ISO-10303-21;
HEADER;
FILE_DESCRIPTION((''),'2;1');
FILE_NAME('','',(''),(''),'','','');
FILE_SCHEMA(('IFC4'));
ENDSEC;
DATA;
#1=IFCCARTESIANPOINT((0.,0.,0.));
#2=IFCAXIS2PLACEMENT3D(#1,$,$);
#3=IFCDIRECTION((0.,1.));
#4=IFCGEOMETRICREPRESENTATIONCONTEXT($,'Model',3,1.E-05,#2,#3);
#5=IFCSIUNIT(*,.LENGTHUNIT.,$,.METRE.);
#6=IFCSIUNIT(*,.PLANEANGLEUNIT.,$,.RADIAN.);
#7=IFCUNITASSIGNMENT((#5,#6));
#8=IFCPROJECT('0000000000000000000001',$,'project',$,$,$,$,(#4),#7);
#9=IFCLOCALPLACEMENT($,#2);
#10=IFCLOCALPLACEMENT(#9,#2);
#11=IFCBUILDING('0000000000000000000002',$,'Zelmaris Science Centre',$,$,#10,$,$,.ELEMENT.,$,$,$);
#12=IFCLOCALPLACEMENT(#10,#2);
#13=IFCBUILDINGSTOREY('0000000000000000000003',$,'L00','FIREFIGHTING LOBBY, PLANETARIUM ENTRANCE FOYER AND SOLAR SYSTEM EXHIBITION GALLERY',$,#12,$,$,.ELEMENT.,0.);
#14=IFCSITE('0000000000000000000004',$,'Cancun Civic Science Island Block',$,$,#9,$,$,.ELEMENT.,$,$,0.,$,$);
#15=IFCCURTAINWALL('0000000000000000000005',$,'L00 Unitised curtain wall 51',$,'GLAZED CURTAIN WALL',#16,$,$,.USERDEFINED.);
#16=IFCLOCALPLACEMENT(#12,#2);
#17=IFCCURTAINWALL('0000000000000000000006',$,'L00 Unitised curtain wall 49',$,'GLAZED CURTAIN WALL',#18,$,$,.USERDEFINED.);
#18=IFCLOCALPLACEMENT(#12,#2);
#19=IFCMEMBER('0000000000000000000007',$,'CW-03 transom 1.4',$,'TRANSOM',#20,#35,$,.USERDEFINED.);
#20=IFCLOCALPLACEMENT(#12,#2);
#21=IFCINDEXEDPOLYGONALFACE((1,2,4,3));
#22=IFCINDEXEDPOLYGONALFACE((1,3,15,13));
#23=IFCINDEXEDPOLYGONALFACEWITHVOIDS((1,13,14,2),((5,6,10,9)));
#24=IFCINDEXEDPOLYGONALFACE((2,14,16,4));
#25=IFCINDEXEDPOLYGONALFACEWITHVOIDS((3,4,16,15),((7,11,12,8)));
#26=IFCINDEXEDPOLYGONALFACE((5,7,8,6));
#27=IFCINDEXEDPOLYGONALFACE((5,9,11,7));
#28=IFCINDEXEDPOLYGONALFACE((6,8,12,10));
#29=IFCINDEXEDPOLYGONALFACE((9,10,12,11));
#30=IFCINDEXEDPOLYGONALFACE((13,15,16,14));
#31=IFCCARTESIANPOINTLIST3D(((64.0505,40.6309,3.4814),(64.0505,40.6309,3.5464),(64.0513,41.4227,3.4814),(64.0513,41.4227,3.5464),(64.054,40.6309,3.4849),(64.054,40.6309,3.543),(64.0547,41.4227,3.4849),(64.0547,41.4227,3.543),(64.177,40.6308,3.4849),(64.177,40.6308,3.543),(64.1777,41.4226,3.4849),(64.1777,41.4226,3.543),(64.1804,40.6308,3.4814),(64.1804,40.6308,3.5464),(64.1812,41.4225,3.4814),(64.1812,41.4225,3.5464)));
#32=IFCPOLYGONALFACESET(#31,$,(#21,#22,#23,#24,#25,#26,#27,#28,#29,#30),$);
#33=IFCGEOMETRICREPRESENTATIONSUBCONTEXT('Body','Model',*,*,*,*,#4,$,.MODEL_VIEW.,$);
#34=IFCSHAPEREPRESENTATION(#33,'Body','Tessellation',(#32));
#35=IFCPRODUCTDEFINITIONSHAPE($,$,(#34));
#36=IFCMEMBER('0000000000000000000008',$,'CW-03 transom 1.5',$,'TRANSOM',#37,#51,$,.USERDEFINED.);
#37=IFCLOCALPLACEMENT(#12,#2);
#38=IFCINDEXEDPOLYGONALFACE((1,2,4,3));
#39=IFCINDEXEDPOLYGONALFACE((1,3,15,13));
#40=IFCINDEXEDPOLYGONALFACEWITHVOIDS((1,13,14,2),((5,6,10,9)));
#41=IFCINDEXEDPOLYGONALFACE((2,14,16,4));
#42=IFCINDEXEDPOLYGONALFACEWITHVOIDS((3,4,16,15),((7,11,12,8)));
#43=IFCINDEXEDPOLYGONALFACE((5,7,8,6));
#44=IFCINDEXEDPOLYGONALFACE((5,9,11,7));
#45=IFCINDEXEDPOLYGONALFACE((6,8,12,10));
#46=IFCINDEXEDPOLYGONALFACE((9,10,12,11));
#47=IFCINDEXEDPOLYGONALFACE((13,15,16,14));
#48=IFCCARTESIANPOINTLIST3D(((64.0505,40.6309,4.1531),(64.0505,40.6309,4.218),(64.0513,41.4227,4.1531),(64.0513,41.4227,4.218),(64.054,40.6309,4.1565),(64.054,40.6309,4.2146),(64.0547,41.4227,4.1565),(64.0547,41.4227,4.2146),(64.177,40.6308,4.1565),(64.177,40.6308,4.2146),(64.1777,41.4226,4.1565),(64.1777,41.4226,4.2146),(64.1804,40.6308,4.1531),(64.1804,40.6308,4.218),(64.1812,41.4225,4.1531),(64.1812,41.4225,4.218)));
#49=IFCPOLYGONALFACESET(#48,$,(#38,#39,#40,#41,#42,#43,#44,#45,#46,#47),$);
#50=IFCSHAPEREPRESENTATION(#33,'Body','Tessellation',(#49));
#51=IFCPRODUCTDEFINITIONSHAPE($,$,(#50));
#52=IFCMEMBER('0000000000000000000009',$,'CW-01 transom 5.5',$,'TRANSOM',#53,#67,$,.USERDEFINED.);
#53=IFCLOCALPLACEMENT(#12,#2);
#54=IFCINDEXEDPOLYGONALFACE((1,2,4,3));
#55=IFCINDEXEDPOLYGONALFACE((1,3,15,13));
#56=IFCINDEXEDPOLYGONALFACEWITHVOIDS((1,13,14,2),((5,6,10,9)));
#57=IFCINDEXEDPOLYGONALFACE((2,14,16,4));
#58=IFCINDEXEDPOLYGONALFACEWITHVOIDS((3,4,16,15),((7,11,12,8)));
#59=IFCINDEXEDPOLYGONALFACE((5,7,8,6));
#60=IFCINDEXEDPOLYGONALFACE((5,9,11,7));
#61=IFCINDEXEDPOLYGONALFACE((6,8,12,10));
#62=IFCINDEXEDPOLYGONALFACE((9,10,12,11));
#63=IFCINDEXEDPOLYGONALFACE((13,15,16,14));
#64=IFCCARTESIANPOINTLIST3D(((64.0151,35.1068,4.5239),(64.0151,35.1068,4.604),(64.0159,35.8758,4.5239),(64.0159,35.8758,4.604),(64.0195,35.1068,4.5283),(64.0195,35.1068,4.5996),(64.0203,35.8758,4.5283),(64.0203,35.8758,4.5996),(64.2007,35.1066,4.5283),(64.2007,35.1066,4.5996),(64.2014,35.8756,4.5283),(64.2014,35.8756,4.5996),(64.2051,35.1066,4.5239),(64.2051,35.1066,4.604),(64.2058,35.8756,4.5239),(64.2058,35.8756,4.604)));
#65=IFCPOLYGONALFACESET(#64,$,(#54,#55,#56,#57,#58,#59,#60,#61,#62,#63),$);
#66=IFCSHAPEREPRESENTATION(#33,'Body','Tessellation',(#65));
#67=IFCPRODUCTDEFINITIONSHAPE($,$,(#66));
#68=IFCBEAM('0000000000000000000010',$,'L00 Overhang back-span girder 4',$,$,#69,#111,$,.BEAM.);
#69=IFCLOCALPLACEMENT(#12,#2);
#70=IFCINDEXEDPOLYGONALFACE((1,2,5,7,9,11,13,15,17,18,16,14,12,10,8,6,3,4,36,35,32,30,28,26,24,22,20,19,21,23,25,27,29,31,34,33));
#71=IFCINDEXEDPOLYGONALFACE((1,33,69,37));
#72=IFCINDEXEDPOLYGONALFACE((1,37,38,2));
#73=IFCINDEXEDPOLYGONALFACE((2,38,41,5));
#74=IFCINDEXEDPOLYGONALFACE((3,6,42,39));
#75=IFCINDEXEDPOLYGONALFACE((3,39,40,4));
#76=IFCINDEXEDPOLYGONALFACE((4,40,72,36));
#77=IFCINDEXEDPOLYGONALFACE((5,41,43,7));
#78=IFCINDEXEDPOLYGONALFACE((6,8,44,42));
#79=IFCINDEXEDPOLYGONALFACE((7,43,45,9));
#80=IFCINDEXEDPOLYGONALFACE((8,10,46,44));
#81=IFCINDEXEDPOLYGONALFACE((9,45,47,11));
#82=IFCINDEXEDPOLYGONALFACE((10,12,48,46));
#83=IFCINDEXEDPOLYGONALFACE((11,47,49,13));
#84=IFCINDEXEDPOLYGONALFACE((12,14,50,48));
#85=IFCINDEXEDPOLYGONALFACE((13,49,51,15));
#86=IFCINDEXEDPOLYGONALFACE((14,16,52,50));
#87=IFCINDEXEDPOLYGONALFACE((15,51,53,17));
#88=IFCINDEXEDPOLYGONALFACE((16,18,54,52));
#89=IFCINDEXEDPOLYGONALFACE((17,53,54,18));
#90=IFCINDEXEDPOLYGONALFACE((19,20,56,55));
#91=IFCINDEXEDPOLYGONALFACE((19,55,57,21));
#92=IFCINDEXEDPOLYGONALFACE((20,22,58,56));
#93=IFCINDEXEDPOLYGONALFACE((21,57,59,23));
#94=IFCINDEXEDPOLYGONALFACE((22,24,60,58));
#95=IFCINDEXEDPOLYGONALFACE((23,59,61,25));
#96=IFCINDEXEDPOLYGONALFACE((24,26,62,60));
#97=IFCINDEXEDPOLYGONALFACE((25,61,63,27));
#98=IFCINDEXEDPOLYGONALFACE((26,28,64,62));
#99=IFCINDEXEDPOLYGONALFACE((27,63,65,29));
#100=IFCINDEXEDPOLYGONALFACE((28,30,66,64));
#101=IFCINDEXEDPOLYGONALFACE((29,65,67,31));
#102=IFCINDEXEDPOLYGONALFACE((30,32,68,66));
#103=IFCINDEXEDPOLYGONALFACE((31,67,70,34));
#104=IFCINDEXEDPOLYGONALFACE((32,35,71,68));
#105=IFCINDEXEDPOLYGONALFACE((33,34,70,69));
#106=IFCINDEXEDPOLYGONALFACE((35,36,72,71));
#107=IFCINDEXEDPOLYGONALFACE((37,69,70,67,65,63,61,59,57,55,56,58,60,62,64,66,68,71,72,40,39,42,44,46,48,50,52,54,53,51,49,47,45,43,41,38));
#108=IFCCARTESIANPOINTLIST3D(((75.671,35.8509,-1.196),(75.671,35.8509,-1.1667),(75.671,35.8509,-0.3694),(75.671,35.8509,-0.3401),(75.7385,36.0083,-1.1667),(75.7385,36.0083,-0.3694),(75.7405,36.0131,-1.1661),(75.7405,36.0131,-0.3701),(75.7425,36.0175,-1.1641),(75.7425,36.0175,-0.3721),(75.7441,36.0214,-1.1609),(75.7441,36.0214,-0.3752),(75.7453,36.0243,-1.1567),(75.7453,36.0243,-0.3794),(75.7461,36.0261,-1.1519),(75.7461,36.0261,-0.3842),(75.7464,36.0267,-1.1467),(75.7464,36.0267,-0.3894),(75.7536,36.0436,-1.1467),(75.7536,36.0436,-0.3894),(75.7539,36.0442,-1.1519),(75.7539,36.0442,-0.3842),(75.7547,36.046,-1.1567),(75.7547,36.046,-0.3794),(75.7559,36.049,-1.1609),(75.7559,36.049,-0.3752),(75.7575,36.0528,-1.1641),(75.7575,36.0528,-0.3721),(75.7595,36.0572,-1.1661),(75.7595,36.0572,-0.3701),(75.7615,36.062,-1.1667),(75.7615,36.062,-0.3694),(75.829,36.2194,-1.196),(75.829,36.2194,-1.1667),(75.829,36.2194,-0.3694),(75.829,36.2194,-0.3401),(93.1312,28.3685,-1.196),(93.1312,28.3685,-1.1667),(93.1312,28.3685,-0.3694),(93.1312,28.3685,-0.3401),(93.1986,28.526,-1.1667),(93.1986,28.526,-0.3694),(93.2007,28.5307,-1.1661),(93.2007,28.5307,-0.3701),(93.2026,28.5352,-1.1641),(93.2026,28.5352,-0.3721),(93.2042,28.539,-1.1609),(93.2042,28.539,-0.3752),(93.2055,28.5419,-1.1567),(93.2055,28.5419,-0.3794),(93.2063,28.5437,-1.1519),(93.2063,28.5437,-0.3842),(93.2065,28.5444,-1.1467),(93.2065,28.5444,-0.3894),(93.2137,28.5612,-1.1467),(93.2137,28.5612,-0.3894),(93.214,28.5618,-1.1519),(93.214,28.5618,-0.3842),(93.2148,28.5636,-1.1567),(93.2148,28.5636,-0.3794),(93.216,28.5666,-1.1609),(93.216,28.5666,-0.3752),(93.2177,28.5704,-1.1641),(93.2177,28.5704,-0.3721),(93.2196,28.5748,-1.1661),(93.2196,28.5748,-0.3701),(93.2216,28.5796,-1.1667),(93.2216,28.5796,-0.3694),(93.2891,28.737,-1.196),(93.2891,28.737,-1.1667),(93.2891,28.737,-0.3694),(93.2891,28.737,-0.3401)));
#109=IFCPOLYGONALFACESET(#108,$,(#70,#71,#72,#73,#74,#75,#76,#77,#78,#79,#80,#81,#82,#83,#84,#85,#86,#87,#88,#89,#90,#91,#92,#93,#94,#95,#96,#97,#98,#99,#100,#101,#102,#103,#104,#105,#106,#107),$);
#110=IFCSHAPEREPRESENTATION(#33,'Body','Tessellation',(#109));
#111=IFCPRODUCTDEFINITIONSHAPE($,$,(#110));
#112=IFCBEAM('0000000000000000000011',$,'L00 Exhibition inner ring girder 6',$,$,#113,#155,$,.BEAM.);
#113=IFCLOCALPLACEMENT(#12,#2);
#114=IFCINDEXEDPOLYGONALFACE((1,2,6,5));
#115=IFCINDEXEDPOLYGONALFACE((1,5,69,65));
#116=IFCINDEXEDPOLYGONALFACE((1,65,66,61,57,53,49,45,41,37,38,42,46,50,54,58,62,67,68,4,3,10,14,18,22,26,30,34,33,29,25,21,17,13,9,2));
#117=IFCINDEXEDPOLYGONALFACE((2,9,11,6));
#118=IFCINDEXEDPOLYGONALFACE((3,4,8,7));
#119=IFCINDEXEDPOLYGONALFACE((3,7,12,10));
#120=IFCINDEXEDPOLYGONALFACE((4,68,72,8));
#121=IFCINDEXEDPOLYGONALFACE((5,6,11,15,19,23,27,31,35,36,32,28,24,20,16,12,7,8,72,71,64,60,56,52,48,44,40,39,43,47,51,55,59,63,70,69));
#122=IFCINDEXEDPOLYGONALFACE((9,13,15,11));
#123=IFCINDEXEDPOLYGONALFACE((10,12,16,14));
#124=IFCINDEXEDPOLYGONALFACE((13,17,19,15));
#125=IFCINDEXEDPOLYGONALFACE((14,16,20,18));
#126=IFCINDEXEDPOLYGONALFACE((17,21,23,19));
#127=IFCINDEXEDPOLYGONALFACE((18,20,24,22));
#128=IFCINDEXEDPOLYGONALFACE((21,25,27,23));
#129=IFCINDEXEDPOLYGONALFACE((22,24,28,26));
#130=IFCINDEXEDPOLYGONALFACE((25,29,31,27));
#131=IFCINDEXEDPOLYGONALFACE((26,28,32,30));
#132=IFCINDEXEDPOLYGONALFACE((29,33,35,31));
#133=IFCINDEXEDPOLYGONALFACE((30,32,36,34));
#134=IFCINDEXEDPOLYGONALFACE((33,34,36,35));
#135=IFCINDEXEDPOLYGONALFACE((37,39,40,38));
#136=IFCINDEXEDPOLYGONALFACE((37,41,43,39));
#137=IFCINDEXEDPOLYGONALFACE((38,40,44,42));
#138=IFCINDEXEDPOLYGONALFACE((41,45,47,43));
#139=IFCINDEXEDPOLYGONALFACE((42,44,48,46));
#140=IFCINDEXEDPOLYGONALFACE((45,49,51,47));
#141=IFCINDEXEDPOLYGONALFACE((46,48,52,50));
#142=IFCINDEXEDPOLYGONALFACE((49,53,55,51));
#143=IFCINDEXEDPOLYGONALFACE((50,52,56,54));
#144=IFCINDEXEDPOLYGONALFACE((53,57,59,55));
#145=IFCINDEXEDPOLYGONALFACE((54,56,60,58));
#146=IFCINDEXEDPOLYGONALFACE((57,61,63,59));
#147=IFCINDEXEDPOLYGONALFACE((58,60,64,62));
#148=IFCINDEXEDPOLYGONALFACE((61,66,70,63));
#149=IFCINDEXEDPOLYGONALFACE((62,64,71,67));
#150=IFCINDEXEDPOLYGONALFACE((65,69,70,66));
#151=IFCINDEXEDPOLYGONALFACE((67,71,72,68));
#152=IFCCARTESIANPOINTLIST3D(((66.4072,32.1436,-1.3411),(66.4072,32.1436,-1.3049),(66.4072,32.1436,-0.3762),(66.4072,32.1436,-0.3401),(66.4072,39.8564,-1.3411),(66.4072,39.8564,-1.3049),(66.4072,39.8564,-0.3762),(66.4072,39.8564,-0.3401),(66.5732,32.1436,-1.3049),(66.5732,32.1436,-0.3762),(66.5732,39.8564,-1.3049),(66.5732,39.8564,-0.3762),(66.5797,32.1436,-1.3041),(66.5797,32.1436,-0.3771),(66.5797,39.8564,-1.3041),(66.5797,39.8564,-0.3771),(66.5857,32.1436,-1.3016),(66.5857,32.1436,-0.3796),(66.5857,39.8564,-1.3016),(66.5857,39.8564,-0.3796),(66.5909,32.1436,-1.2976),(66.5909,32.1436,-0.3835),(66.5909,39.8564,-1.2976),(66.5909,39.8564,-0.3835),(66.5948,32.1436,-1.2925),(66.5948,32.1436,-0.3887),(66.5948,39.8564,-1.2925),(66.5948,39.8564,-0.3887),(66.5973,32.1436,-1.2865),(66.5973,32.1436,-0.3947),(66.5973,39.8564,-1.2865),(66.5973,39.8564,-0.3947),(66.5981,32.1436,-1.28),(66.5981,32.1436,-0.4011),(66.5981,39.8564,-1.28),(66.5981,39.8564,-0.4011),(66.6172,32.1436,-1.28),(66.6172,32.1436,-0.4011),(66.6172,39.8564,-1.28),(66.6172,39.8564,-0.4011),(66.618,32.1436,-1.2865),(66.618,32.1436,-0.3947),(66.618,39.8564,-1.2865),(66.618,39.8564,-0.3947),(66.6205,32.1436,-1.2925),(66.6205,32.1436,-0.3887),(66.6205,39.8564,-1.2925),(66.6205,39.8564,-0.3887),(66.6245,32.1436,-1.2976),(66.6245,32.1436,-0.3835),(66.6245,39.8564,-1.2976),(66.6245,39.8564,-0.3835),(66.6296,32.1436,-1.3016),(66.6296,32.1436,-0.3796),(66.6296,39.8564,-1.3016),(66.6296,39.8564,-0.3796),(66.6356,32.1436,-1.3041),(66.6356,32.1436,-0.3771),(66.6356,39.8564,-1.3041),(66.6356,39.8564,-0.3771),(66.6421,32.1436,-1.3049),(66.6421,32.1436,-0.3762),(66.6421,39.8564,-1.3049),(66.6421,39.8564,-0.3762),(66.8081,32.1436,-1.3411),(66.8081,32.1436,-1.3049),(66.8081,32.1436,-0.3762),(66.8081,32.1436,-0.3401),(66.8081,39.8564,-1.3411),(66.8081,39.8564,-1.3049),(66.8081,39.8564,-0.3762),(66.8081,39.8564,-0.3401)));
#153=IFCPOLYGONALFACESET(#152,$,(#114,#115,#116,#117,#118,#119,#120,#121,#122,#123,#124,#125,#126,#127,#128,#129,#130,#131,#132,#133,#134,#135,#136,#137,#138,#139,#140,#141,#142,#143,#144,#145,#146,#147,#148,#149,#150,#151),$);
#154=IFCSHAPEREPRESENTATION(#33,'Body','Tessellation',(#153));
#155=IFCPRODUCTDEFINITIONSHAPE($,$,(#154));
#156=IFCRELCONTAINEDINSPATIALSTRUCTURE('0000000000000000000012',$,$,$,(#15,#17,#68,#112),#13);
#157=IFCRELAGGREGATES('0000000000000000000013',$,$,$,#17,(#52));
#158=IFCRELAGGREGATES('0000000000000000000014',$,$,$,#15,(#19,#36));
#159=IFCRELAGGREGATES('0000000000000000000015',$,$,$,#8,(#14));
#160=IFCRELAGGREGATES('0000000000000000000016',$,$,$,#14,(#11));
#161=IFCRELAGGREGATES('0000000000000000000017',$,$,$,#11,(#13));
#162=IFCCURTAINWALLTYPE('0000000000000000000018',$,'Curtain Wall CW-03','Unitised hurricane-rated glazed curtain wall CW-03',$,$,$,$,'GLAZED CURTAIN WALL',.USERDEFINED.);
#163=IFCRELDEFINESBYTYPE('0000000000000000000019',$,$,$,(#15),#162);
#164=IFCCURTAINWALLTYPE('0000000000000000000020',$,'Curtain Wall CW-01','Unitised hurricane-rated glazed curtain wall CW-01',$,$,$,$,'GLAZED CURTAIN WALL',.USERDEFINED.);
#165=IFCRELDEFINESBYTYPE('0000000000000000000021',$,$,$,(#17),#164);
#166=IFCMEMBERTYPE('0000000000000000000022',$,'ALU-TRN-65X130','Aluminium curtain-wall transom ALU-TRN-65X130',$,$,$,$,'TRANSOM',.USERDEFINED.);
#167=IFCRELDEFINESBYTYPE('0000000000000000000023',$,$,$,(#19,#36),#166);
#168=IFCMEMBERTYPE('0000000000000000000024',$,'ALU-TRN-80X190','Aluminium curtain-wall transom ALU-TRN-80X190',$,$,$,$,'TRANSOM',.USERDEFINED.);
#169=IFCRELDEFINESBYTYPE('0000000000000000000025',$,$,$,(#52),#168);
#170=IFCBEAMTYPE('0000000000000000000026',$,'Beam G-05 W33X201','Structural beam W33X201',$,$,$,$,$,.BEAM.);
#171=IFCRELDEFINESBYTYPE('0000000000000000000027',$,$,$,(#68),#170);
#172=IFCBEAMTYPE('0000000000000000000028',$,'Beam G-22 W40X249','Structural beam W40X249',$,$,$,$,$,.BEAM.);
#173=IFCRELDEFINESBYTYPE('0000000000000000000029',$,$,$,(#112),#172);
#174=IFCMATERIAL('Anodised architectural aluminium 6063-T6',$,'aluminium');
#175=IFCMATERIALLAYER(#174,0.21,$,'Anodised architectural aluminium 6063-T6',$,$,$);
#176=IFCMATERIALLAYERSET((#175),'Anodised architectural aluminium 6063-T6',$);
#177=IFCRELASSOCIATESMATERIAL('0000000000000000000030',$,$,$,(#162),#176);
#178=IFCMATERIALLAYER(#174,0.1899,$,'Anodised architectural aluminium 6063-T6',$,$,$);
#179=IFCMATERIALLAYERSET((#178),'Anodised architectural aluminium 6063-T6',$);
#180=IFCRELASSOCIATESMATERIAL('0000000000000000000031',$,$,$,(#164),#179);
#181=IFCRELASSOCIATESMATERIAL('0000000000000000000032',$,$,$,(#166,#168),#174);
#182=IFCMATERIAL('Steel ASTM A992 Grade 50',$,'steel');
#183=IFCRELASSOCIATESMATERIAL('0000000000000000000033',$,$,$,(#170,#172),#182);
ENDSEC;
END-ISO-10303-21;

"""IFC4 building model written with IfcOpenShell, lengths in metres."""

from ifc_helpers import new_model, si_unit, direction, frame, origin, origin_2d, place, context, subcontext, project, spatial, hollow_rectangle, i_section, extrude, material, layer, layer_set, material_profile, profile_set, type_object, element, aggregate, save


model = new_model("IFC4")

# Units and contexts
model_context = context("Model", 3, precision=1e-05, world=origin(), true_north=direction((0.0, 1.0)))
body_context = subcontext(model_context, "Body", "Model", "MODEL_VIEW")
ifc_project = project(units=[si_unit("LENGTHUNIT", "METRE"), si_unit("PLANEANGLEUNIT", "RADIAN")], contexts=[model_context])

# Site, building, storey
site_placement = place(None, origin())
site = spatial("IfcSite", under=ifc_project, at=site_placement, Name="Cancun Civic Science Island Block", CompositionType="ELEMENT", RefElevation=0.0)
building_placement = place(site_placement, origin())
building = spatial("IfcBuilding", under=site, at=building_placement, Name="Zelmaris Science Centre", CompositionType="ELEMENT")
storey_placement = place(building_placement, origin())
storey = spatial("IfcBuildingStorey", under=building, at=storey_placement, Name="L00", Description="FIREFIGHTING LOBBY, PLANETARIUM ENTRANCE FOYER AND SOLAR SYSTEM EXHIBITION GALLERY", CompositionType="ELEMENT", Elevation=0.0)

# Shared definitions
ifc_material_1 = material(Name="Steel ASTM A992 Grade 50", Category="steel")

# Curtain walls
ifc_material_2 = material(Name="Anodised architectural aluminium 6063-T6", Category="aluminium")
ifc_layer_1 = layer(ifc_material_2, 0.21, Name="Anodised architectural aluminium 6063-T6")
ifc_layer_set_1 = layer_set([ifc_layer_1], Name="Anodised architectural aluminium 6063-T6")
curtain_wall_type_1 = type_object("IfcCurtainWallType", Name="Curtain Wall CW-03", Description="Unitised hurricane-rated glazed curtain wall CW-03", ElementType="GLAZED CURTAIN WALL", PredefinedType="USERDEFINED", material=ifc_layer_set_1)
curtain_wall_1_placement = place(storey_placement, origin())
curtain_wall_1 = element("IfcCurtainWall", 1, at=curtain_wall_1_placement, inside=storey, type_object=curtain_wall_type_1, Name="L00 Unitised curtain wall 51", ObjectType="GLAZED CURTAIN WALL", PredefinedType="USERDEFINED")
ifc_layer_2 = layer(ifc_material_2, 0.1899, Name="Anodised architectural aluminium 6063-T6")
ifc_layer_set_2 = layer_set([ifc_layer_2], Name="Anodised architectural aluminium 6063-T6")
curtain_wall_type_2 = type_object("IfcCurtainWallType", Name="Curtain Wall CW-01", Description="Unitised hurricane-rated glazed curtain wall CW-01", ElementType="GLAZED CURTAIN WALL", PredefinedType="USERDEFINED", material=ifc_layer_set_2)
curtain_wall_2_placement = place(storey_placement, origin())
curtain_wall_2 = element("IfcCurtainWall", 2, at=curtain_wall_2_placement, inside=storey, type_object=curtain_wall_type_2, Name="L00 Unitised curtain wall 49", ObjectType="GLAZED CURTAIN WALL", PredefinedType="USERDEFINED")

# Members
ifc_material_profile_1 = material_profile(ifc_material_2, hollow_rectangle(XDim=0.0649, YDim=0.1299, WallThickness=0.0034, at=origin_2d()), Name="ALU-TRN-65X130")
ifc_profile_set_1 = profile_set([ifc_material_profile_1], Name="Anodised architectural aluminium 6063-T6")
member_type_1 = type_object("IfcMemberType", Name="ALU-TRN-65X130", Description="Aluminium curtain-wall transom ALU-TRN-65X130", ElementType="TRANSOM", PredefinedType="USERDEFINED", material=ifc_profile_set_1)
member_1_placement = place(storey_placement, frame((64.1155, 40.6309, 3.5139), z_axis=(0.000925, 1.0, 0.0), x_axis=(0.0, 0.0, 1.0)))
member_1 = element("IfcMember", 3, at=member_1_placement, type_object=member_type_1, Name="CW-03 transom 1.4", ObjectType="TRANSOM", PredefinedType="USERDEFINED", context=body_context, shape_type="SweptSolid", body=[
    extrude(hollow_rectangle(XDim=0.0649, YDim=0.1299, WallThickness=0.0034, at=origin_2d()), origin(), (0.0, 0.0, 1.0), 0.7917),
])
member_2_placement = place(storey_placement, frame((64.1155, 40.6309, 4.1855), z_axis=(0.000925, 1.0, 0.0), x_axis=(0.0, 0.0, 1.0)))
member_2 = element("IfcMember", 4, at=member_2_placement, type_object=member_type_1, Name="CW-03 transom 1.5", ObjectType="TRANSOM", PredefinedType="USERDEFINED", context=body_context, shape_type="SweptSolid", body=[
    extrude(hollow_rectangle(XDim=0.0649, YDim=0.1299, WallThickness=0.0034, at=origin_2d()), origin(), (0.0, 0.0, 1.0), 0.7917),
])
ifc_material_profile_2 = material_profile(ifc_material_2, hollow_rectangle(XDim=0.0801, YDim=0.1899, WallThickness=0.0044, at=origin_2d()), Name="ALU-TRN-80X190")
ifc_profile_set_2 = profile_set([ifc_material_profile_2], Name="Anodised architectural aluminium 6063-T6")
member_type_2 = type_object("IfcMemberType", Name="ALU-TRN-80X190", Description="Aluminium curtain-wall transom ALU-TRN-80X190", ElementType="TRANSOM", PredefinedType="USERDEFINED", material=ifc_profile_set_2)
member_3_placement = place(storey_placement, frame((64.1101, 35.1067, 4.564), z_axis=(0.000952, 1.0, 0.0), x_axis=(0.0, 0.0, 1.0)))
member_3 = element("IfcMember", 5, at=member_3_placement, type_object=member_type_2, Name="CW-01 transom 5.5", ObjectType="TRANSOM", PredefinedType="USERDEFINED", context=body_context, shape_type="SweptSolid", body=[
    extrude(hollow_rectangle(XDim=0.0801, YDim=0.1899, WallThickness=0.0044, at=origin_2d()), origin(), (0.0, 0.0, 1.0), 0.769),
])

# Beams
ifc_material_profile_3 = material_profile(ifc_material_1, i_section(OverallWidth=0.4009, OverallDepth=0.856, WebThickness=0.0183, FlangeThickness=0.0293, FilletRadius=0.02, at=origin_2d()), Name="W33X201")
ifc_profile_set_3 = profile_set([ifc_material_profile_3], Name="Steel ASTM A992 Grade 50")
beam_type_1 = type_object("IfcBeamType", Name="Beam G-05 W33X201", Description="Structural beam W33X201", PredefinedType="BEAM", material=ifc_profile_set_3)
beam_1_placement = place(storey_placement, frame((75.75, 36.0352, -0.7681), z_axis=(0.919155, -0.393896, 0.0), x_axis=(0.393896, 0.919155, 0.0)))
element("IfcBeam", 6, at=beam_1_placement, inside=storey, type_object=beam_type_1, Name="L00 Overhang back-span girder 4", PredefinedType="BEAM", context=body_context, shape_type="SweptSolid", body=[
    extrude(i_section(OverallWidth=0.4009, OverallDepth=0.856, WebThickness=0.0183, FlangeThickness=0.0293, FilletRadius=0.02, at=origin_2d()), origin(), (0.0, 0.0, 1.0), 18.9958),
])
ifc_material_profile_4 = material_profile(ifc_material_1, i_section(OverallWidth=0.4009, OverallDepth=1.001, WebThickness=0.019, FlangeThickness=0.0361, FilletRadius=0.0249, at=origin_2d()), Name="W40X249")
ifc_profile_set_4 = profile_set([ifc_material_profile_4], Name="Steel ASTM A992 Grade 50")
beam_type_2 = type_object("IfcBeamType", Name="Beam G-22 W40X249", Description="Structural beam W40X249", PredefinedType="BEAM", material=ifc_profile_set_4)
for number, where, z_axis, x_axis, name in (
    (7, (66.6077, 39.8564, -0.8406), (0.0, -1.0, 0.0), (1.0, 0.0, 0.0), "L00 Exhibition inner ring girder 6"),
):
    element("IfcBeam", number, at=place(storey_placement, frame(where, z_axis=z_axis, x_axis=x_axis)), inside=storey, type_object=beam_type_2, Name=name, PredefinedType="BEAM", context=body_context, shape_type="SweptSolid", body=[
        extrude(i_section(OverallWidth=0.4009, OverallDepth=1.001, WebThickness=0.019, FlangeThickness=0.0361, FilletRadius=0.0249, at=origin_2d()), origin(), (0.0, 0.0, 1.0), 7.7129),
    ])

aggregate(curtain_wall_2, [member_3])
aggregate(curtain_wall_1, [member_1, member_2])

save(model, "model.ifc")
